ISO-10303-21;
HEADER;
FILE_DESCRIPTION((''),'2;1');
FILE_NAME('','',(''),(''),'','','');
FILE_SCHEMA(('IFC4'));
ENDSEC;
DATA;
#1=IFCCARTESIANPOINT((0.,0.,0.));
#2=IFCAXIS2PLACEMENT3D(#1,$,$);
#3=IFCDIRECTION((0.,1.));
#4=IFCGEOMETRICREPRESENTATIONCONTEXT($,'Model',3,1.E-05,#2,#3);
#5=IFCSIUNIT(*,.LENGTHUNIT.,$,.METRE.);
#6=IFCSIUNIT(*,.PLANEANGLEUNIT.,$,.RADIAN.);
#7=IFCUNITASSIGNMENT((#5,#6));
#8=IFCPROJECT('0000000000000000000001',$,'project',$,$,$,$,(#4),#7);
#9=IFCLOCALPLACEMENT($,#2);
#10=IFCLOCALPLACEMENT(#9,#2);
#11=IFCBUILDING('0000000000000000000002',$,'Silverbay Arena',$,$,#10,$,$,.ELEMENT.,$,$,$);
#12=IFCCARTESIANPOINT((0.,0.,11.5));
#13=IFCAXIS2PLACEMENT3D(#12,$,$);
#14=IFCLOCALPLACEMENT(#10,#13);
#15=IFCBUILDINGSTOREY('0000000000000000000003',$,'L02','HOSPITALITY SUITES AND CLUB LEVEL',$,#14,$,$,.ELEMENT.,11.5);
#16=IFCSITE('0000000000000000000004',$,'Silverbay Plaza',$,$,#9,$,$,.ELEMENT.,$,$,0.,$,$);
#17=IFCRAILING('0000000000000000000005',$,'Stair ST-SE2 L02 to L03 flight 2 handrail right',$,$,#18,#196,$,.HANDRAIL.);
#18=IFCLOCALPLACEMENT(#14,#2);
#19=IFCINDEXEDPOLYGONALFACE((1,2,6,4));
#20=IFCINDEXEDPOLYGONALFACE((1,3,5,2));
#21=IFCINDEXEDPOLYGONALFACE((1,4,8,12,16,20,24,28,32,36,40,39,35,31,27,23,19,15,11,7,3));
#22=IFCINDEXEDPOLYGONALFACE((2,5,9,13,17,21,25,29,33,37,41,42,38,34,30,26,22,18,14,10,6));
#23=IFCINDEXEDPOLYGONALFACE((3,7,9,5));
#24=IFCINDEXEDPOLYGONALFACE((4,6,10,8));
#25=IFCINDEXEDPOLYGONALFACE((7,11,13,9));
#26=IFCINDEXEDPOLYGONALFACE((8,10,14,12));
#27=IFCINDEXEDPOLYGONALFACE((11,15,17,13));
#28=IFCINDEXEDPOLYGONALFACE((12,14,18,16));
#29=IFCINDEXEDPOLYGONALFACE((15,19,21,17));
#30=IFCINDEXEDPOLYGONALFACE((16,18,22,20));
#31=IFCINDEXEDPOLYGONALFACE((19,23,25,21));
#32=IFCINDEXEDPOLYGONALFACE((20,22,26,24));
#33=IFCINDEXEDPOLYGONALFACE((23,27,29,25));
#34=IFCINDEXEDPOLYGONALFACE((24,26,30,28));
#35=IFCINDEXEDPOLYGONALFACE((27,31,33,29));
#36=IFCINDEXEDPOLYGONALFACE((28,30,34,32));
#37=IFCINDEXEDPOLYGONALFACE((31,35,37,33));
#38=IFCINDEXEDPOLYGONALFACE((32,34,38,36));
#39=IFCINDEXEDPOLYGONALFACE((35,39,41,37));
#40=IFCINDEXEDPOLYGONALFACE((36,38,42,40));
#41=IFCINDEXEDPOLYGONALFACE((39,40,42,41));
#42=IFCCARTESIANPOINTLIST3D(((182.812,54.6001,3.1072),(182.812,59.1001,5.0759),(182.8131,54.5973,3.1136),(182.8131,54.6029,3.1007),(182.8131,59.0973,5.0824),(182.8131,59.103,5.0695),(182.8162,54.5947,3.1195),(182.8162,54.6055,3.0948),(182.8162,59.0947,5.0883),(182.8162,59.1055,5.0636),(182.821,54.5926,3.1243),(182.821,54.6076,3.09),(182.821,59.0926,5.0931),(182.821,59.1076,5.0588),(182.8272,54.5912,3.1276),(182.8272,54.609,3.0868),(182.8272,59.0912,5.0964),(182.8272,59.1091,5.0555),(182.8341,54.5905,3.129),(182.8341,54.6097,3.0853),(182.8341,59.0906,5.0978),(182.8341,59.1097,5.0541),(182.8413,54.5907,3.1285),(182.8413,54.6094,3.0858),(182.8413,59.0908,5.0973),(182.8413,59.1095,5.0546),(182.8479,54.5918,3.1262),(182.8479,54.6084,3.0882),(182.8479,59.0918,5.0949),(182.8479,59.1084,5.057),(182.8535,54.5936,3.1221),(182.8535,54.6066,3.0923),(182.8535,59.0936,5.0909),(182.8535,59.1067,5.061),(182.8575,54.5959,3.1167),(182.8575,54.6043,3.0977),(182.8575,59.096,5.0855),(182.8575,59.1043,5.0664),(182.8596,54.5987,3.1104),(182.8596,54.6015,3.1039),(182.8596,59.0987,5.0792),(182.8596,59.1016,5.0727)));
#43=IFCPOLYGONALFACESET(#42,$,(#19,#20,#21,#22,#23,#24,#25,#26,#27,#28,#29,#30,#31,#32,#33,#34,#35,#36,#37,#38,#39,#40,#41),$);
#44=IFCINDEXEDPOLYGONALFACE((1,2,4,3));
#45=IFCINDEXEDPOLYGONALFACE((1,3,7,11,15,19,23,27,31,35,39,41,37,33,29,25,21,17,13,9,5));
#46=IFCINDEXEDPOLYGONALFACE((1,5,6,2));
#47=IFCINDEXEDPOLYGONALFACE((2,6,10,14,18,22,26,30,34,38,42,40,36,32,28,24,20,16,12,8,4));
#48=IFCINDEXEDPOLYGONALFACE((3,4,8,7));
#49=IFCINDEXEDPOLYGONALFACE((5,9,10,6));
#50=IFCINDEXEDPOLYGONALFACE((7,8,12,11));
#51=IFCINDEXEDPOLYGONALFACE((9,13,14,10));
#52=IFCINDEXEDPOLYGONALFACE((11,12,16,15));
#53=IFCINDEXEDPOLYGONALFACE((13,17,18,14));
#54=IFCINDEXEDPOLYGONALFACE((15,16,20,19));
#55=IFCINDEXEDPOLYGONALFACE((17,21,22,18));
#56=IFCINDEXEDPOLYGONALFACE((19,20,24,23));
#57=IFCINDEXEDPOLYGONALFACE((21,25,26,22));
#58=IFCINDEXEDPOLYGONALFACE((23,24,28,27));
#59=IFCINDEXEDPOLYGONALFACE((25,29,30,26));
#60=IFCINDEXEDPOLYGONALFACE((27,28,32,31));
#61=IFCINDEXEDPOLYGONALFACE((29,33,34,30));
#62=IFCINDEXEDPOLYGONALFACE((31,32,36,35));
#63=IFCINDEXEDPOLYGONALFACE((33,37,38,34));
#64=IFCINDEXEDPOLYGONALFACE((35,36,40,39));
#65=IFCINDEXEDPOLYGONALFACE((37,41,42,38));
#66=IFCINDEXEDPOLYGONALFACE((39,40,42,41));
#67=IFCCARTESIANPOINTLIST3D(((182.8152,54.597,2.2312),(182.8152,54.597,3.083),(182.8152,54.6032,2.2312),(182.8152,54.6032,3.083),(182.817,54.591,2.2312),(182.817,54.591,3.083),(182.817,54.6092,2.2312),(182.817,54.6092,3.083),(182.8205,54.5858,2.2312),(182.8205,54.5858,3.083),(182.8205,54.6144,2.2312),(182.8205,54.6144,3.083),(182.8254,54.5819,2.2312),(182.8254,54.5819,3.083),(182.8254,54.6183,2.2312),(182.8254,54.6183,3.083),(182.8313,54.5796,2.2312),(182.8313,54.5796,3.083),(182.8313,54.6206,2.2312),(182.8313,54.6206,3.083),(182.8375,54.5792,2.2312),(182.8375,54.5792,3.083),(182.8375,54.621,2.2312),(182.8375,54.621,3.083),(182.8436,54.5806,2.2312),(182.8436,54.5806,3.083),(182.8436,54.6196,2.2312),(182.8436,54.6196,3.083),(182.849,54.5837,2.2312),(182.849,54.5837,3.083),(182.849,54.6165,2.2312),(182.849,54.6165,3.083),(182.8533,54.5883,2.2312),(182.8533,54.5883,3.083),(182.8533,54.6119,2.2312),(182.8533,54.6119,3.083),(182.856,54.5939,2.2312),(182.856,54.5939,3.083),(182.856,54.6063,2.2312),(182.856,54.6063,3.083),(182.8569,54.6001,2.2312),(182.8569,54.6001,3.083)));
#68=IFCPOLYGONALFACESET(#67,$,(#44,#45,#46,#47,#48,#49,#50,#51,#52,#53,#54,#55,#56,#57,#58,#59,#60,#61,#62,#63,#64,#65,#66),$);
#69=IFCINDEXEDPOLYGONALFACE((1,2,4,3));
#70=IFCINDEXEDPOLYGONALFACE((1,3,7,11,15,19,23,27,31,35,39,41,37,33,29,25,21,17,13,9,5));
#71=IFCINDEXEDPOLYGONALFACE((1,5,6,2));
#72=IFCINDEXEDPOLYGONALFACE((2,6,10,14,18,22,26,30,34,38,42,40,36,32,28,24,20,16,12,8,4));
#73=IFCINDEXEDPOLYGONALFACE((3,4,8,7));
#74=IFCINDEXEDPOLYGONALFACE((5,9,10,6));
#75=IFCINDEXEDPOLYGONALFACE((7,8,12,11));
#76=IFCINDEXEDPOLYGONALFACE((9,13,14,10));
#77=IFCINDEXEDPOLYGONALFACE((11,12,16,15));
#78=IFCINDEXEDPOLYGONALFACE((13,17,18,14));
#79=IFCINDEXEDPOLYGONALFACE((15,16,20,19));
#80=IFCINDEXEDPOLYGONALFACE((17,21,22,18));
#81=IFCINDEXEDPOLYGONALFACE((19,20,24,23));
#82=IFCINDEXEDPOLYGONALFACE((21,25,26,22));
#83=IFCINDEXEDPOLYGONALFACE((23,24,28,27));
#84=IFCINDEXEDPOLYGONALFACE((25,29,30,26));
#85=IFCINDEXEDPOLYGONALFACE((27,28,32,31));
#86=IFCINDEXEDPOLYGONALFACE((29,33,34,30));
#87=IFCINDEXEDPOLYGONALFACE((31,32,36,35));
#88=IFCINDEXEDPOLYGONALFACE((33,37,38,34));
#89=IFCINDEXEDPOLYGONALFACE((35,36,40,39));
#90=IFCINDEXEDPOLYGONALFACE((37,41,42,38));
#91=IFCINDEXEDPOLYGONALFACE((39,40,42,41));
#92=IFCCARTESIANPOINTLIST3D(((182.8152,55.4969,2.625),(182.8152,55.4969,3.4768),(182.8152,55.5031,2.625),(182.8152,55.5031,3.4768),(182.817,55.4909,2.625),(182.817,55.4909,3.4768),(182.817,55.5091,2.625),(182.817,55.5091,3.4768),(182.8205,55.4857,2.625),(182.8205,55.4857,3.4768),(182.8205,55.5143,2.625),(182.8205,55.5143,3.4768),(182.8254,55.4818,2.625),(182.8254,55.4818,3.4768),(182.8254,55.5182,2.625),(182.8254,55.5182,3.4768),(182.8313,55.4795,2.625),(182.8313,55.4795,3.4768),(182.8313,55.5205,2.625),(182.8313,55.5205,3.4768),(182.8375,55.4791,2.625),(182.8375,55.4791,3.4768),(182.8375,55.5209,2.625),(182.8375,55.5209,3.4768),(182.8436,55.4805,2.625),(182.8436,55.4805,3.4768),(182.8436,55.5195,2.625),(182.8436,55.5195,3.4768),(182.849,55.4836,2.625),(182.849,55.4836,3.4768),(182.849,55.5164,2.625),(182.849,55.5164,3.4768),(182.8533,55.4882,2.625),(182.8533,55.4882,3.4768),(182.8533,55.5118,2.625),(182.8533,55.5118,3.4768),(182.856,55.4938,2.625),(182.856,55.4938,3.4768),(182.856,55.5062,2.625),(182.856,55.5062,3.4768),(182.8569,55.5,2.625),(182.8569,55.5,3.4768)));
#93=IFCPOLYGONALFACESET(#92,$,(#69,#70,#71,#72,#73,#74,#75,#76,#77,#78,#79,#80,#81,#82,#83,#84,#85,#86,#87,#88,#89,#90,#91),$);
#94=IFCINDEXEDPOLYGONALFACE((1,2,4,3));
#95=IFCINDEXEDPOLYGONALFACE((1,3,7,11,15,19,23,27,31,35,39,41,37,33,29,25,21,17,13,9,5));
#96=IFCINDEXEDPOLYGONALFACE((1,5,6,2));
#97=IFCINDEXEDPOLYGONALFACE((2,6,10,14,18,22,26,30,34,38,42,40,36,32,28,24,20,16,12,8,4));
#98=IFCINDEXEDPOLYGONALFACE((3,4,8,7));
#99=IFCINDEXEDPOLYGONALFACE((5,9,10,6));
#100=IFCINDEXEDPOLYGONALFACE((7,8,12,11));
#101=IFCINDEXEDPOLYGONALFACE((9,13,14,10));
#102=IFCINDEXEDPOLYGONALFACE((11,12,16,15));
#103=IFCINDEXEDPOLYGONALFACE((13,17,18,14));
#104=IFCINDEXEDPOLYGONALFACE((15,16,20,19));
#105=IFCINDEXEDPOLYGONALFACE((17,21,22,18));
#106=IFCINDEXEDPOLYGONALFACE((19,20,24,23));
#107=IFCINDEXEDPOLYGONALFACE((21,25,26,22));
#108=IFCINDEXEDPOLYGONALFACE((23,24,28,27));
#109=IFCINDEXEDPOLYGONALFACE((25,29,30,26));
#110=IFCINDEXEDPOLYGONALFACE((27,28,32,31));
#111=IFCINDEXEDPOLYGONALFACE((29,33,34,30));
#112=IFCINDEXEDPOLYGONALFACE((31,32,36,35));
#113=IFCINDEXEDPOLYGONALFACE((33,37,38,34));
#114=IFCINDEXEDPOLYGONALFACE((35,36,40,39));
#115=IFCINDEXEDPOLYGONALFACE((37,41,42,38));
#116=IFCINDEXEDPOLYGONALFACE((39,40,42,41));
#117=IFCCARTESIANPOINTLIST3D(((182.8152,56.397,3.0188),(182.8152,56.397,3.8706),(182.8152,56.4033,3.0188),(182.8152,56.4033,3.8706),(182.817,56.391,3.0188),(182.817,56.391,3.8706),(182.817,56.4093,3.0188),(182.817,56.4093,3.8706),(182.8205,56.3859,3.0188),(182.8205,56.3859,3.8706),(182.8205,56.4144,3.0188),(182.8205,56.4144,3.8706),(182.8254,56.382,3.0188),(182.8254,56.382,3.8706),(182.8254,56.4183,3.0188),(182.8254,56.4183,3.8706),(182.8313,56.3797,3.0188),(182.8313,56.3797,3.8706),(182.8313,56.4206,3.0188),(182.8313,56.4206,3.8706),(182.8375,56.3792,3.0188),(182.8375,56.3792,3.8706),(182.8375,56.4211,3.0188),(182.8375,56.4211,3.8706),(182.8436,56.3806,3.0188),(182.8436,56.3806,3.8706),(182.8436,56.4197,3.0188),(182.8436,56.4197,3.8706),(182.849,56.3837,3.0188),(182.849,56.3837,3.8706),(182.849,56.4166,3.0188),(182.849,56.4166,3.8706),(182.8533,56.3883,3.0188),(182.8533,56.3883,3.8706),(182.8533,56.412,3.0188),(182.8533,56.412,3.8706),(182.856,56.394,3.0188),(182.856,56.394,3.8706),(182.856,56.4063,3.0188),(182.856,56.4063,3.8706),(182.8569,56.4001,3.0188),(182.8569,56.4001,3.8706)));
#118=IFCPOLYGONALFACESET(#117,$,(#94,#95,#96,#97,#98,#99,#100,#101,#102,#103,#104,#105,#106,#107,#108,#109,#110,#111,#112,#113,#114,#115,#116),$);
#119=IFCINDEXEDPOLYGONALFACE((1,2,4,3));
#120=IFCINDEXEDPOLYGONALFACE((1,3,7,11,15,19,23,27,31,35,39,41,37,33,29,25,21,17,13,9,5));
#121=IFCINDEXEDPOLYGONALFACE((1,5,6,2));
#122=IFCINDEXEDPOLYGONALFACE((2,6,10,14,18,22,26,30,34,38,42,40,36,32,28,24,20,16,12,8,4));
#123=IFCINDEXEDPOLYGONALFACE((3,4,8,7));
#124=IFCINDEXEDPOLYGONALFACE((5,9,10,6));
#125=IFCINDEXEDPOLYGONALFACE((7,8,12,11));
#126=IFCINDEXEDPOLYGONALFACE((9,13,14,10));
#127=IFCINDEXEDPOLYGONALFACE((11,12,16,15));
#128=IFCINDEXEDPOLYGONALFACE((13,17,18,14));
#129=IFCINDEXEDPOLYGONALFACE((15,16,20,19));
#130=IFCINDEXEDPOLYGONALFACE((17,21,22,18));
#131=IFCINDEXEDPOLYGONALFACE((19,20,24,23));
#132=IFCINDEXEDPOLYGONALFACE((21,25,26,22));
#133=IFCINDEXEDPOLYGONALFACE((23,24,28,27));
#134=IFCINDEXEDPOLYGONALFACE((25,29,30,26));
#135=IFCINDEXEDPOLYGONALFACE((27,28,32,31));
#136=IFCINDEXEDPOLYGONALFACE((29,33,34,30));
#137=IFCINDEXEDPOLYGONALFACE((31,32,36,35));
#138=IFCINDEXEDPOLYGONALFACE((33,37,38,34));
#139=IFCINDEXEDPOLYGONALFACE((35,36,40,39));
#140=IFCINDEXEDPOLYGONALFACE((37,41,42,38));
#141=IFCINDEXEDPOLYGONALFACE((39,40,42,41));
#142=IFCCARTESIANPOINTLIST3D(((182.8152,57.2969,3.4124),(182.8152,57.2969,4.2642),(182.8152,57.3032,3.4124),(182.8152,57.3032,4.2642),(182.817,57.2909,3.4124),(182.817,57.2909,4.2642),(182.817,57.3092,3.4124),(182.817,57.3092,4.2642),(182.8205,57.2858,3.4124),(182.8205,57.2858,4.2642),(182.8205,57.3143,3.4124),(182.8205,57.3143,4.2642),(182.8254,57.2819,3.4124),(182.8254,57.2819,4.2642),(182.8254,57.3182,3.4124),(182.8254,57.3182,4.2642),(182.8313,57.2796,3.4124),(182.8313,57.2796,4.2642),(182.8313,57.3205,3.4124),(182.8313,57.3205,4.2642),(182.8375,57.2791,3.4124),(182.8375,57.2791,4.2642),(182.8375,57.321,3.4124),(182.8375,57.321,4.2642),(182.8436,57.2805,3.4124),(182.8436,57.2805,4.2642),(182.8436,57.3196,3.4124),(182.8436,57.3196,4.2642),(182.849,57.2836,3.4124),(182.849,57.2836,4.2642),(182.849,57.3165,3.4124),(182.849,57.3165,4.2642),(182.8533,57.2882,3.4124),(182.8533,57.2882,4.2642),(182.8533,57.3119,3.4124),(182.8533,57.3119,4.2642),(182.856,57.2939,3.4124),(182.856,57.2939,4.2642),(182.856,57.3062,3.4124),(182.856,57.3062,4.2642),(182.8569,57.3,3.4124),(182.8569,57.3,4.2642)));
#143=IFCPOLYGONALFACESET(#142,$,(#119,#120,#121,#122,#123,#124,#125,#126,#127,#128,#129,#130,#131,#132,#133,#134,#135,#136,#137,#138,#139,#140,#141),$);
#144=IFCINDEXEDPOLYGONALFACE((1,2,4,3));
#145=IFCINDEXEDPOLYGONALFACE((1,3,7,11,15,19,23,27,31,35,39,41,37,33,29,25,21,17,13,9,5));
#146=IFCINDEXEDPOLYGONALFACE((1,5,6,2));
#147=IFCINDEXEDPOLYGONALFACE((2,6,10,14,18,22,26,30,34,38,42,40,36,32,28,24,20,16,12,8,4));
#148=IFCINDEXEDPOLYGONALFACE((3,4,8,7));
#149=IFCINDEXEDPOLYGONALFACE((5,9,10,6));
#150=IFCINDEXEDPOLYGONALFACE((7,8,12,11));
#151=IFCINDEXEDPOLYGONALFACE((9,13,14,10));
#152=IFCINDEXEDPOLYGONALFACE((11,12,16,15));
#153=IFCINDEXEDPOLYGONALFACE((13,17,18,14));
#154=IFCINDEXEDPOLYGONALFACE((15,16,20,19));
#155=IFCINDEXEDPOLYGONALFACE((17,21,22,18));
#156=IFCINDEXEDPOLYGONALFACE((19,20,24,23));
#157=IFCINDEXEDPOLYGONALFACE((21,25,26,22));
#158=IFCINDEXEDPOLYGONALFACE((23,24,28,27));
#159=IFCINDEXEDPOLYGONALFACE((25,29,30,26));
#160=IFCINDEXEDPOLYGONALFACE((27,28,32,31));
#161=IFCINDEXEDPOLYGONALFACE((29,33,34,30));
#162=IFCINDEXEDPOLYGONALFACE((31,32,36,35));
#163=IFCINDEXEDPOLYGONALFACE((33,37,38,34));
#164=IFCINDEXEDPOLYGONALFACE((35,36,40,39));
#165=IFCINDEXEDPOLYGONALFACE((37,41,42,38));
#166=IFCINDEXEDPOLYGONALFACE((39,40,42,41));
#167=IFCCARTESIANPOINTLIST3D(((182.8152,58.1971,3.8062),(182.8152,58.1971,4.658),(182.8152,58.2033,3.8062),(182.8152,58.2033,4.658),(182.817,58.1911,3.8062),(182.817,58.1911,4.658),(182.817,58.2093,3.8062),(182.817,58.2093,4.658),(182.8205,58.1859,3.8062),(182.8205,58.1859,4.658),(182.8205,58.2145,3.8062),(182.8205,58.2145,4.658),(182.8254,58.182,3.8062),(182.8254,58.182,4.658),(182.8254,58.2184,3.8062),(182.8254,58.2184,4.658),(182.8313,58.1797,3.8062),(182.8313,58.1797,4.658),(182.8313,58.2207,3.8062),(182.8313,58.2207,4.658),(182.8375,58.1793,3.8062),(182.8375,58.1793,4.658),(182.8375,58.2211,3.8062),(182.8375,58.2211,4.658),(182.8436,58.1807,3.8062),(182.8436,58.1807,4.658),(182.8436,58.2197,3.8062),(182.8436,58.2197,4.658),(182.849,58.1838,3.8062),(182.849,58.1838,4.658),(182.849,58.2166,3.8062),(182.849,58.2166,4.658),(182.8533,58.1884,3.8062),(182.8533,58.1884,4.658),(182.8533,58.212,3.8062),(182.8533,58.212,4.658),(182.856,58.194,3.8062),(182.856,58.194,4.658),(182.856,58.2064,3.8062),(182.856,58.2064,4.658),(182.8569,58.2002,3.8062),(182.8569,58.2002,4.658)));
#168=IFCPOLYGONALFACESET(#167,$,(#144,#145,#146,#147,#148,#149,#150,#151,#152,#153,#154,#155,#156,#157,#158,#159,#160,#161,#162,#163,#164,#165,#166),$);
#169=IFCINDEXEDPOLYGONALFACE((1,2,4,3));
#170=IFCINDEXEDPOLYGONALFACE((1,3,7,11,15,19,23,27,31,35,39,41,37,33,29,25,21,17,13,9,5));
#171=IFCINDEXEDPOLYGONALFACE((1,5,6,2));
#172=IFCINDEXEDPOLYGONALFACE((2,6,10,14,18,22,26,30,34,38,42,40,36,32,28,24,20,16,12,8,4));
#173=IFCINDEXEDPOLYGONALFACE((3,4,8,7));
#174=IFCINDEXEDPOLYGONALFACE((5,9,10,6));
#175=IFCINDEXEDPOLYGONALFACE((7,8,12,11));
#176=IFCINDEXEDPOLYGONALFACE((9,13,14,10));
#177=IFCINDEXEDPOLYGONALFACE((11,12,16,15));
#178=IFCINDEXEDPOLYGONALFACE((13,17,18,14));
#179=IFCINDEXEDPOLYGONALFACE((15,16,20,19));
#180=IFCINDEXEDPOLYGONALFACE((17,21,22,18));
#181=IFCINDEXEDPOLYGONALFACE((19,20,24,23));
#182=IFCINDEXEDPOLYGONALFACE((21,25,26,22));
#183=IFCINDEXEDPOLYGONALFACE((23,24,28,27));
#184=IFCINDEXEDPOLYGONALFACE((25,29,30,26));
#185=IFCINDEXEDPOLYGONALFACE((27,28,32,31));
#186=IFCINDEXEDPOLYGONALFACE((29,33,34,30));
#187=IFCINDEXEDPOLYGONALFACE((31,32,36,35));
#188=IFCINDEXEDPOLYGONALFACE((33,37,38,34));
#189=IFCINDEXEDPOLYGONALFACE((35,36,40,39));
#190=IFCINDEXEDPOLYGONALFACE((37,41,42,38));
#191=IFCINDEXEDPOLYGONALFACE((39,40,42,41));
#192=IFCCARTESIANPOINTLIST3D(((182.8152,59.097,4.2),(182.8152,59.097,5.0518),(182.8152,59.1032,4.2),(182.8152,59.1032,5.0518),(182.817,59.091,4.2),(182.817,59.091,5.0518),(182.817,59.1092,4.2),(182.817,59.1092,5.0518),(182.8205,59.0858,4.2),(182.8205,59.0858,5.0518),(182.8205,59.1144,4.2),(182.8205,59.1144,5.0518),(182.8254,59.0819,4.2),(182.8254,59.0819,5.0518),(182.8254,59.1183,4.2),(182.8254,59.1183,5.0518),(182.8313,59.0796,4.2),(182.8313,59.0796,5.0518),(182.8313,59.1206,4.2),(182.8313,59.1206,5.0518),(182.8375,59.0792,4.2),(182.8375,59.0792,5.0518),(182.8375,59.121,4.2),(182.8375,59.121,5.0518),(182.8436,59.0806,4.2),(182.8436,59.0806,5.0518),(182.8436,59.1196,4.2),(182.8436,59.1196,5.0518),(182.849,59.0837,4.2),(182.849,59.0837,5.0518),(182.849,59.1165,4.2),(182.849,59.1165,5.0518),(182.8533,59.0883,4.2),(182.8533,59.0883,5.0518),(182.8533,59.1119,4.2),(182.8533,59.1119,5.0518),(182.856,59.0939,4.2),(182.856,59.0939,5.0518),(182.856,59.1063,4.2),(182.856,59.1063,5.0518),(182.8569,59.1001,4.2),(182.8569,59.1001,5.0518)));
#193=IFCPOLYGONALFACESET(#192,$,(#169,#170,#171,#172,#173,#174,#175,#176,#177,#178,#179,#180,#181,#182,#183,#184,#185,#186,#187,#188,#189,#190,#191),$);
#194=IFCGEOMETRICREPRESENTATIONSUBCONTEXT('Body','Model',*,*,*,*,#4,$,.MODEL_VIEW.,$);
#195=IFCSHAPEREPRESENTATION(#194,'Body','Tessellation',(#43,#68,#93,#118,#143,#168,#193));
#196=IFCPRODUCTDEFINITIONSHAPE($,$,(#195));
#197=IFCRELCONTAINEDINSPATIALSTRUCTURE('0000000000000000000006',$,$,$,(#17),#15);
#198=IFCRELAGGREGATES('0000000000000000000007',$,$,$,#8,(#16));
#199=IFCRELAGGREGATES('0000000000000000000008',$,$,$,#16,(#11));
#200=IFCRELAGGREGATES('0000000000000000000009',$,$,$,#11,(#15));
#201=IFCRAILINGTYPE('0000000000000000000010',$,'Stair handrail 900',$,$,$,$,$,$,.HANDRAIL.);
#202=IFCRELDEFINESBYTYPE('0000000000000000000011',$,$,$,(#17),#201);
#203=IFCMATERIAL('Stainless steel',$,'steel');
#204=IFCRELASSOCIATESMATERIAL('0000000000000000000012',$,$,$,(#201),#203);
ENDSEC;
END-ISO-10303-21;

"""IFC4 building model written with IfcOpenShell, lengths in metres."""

from ifc_helpers import new_model, si_unit, direction, frame, origin, origin_2d, place, context, subcontext, project, spatial, circle, extrude, material, type_object, element, save


model = new_model("IFC4")

# Units and contexts
model_context = context("Model", 3, precision=1e-05, world=origin(), true_north=direction((0.0, 1.0)))
body_context = subcontext(model_context, "Body", "Model", "MODEL_VIEW")
ifc_project = project(units=[si_unit("LENGTHUNIT", "METRE"), si_unit("PLANEANGLEUNIT", "RADIAN")], contexts=[model_context])

# Site, building, storey
site_placement = place(None, origin())
site = spatial("IfcSite", under=ifc_project, at=site_placement, Name="Silverbay Plaza", CompositionType="ELEMENT", RefElevation=0.0)
building_placement = place(site_placement, origin())
building = spatial("IfcBuilding", under=site, at=building_placement, Name="Silverbay Arena", CompositionType="ELEMENT")
storey_placement = place(building_placement, frame((0.0, 0.0, 11.5)))
storey = spatial("IfcBuildingStorey", under=building, at=storey_placement, Name="L02", Description="HOSPITALITY SUITES AND CLUB LEVEL", CompositionType="ELEMENT", Elevation=11.5)

# Railing
ifc_material_1 = material(Name="Stainless steel", Category="steel")
railing_type_1 = type_object("IfcRailingType", Name="Stair handrail 900", PredefinedType="HANDRAIL", material=ifc_material_1)
for number, where, name in (
    (1, (182.8359, 54.6001, 2.2312), "Stair ST-SE2 L02 to L03 flight 2 handrail right"),
):
    element("IfcRailing", number, at=place(storey_placement, frame(where)), inside=storey, type_object=railing_type_1, Name=name, PredefinedType="HANDRAIL", context=body_context, shape_type="SweptSolid", body=[
        extrude(circle(Radius=0.0239, at=origin_2d()), frame((0.0, 0.0, 0.876), z_axis=(0.0, 0.916157, 0.400819), x_axis=(-1.0, 0.0, 0.0)), (0.0, 0.0, 1.0), 4.9119),
        extrude(circle(Radius=0.021, at=origin_2d()), origin(), (0.0, 0.0, 1.0), 0.8518),
        extrude(circle(Radius=0.021, at=origin_2d()), frame((0.0, 0.8999, 0.3938)), (0.0, 0.0, 1.0), 0.8518),
        extrude(circle(Radius=0.021, at=origin_2d()), frame((0.0, 1.8, 0.7876)), (0.0, 0.0, 1.0), 0.8518),
        extrude(circle(Radius=0.021, at=origin_2d()), frame((0.0, 2.7, 1.1812)), (0.0, 0.0, 1.0), 0.8518),
        extrude(circle(Radius=0.021, at=origin_2d()), frame((0.0, 3.6001, 1.575)), (0.0, 0.0, 1.0), 0.8518),
        extrude(circle(Radius=0.021, at=origin_2d()), frame((0.0, 4.5, 1.9688)), (0.0, 0.0, 1.0), 0.8518),
    ])

save(model, "model.ifc")
